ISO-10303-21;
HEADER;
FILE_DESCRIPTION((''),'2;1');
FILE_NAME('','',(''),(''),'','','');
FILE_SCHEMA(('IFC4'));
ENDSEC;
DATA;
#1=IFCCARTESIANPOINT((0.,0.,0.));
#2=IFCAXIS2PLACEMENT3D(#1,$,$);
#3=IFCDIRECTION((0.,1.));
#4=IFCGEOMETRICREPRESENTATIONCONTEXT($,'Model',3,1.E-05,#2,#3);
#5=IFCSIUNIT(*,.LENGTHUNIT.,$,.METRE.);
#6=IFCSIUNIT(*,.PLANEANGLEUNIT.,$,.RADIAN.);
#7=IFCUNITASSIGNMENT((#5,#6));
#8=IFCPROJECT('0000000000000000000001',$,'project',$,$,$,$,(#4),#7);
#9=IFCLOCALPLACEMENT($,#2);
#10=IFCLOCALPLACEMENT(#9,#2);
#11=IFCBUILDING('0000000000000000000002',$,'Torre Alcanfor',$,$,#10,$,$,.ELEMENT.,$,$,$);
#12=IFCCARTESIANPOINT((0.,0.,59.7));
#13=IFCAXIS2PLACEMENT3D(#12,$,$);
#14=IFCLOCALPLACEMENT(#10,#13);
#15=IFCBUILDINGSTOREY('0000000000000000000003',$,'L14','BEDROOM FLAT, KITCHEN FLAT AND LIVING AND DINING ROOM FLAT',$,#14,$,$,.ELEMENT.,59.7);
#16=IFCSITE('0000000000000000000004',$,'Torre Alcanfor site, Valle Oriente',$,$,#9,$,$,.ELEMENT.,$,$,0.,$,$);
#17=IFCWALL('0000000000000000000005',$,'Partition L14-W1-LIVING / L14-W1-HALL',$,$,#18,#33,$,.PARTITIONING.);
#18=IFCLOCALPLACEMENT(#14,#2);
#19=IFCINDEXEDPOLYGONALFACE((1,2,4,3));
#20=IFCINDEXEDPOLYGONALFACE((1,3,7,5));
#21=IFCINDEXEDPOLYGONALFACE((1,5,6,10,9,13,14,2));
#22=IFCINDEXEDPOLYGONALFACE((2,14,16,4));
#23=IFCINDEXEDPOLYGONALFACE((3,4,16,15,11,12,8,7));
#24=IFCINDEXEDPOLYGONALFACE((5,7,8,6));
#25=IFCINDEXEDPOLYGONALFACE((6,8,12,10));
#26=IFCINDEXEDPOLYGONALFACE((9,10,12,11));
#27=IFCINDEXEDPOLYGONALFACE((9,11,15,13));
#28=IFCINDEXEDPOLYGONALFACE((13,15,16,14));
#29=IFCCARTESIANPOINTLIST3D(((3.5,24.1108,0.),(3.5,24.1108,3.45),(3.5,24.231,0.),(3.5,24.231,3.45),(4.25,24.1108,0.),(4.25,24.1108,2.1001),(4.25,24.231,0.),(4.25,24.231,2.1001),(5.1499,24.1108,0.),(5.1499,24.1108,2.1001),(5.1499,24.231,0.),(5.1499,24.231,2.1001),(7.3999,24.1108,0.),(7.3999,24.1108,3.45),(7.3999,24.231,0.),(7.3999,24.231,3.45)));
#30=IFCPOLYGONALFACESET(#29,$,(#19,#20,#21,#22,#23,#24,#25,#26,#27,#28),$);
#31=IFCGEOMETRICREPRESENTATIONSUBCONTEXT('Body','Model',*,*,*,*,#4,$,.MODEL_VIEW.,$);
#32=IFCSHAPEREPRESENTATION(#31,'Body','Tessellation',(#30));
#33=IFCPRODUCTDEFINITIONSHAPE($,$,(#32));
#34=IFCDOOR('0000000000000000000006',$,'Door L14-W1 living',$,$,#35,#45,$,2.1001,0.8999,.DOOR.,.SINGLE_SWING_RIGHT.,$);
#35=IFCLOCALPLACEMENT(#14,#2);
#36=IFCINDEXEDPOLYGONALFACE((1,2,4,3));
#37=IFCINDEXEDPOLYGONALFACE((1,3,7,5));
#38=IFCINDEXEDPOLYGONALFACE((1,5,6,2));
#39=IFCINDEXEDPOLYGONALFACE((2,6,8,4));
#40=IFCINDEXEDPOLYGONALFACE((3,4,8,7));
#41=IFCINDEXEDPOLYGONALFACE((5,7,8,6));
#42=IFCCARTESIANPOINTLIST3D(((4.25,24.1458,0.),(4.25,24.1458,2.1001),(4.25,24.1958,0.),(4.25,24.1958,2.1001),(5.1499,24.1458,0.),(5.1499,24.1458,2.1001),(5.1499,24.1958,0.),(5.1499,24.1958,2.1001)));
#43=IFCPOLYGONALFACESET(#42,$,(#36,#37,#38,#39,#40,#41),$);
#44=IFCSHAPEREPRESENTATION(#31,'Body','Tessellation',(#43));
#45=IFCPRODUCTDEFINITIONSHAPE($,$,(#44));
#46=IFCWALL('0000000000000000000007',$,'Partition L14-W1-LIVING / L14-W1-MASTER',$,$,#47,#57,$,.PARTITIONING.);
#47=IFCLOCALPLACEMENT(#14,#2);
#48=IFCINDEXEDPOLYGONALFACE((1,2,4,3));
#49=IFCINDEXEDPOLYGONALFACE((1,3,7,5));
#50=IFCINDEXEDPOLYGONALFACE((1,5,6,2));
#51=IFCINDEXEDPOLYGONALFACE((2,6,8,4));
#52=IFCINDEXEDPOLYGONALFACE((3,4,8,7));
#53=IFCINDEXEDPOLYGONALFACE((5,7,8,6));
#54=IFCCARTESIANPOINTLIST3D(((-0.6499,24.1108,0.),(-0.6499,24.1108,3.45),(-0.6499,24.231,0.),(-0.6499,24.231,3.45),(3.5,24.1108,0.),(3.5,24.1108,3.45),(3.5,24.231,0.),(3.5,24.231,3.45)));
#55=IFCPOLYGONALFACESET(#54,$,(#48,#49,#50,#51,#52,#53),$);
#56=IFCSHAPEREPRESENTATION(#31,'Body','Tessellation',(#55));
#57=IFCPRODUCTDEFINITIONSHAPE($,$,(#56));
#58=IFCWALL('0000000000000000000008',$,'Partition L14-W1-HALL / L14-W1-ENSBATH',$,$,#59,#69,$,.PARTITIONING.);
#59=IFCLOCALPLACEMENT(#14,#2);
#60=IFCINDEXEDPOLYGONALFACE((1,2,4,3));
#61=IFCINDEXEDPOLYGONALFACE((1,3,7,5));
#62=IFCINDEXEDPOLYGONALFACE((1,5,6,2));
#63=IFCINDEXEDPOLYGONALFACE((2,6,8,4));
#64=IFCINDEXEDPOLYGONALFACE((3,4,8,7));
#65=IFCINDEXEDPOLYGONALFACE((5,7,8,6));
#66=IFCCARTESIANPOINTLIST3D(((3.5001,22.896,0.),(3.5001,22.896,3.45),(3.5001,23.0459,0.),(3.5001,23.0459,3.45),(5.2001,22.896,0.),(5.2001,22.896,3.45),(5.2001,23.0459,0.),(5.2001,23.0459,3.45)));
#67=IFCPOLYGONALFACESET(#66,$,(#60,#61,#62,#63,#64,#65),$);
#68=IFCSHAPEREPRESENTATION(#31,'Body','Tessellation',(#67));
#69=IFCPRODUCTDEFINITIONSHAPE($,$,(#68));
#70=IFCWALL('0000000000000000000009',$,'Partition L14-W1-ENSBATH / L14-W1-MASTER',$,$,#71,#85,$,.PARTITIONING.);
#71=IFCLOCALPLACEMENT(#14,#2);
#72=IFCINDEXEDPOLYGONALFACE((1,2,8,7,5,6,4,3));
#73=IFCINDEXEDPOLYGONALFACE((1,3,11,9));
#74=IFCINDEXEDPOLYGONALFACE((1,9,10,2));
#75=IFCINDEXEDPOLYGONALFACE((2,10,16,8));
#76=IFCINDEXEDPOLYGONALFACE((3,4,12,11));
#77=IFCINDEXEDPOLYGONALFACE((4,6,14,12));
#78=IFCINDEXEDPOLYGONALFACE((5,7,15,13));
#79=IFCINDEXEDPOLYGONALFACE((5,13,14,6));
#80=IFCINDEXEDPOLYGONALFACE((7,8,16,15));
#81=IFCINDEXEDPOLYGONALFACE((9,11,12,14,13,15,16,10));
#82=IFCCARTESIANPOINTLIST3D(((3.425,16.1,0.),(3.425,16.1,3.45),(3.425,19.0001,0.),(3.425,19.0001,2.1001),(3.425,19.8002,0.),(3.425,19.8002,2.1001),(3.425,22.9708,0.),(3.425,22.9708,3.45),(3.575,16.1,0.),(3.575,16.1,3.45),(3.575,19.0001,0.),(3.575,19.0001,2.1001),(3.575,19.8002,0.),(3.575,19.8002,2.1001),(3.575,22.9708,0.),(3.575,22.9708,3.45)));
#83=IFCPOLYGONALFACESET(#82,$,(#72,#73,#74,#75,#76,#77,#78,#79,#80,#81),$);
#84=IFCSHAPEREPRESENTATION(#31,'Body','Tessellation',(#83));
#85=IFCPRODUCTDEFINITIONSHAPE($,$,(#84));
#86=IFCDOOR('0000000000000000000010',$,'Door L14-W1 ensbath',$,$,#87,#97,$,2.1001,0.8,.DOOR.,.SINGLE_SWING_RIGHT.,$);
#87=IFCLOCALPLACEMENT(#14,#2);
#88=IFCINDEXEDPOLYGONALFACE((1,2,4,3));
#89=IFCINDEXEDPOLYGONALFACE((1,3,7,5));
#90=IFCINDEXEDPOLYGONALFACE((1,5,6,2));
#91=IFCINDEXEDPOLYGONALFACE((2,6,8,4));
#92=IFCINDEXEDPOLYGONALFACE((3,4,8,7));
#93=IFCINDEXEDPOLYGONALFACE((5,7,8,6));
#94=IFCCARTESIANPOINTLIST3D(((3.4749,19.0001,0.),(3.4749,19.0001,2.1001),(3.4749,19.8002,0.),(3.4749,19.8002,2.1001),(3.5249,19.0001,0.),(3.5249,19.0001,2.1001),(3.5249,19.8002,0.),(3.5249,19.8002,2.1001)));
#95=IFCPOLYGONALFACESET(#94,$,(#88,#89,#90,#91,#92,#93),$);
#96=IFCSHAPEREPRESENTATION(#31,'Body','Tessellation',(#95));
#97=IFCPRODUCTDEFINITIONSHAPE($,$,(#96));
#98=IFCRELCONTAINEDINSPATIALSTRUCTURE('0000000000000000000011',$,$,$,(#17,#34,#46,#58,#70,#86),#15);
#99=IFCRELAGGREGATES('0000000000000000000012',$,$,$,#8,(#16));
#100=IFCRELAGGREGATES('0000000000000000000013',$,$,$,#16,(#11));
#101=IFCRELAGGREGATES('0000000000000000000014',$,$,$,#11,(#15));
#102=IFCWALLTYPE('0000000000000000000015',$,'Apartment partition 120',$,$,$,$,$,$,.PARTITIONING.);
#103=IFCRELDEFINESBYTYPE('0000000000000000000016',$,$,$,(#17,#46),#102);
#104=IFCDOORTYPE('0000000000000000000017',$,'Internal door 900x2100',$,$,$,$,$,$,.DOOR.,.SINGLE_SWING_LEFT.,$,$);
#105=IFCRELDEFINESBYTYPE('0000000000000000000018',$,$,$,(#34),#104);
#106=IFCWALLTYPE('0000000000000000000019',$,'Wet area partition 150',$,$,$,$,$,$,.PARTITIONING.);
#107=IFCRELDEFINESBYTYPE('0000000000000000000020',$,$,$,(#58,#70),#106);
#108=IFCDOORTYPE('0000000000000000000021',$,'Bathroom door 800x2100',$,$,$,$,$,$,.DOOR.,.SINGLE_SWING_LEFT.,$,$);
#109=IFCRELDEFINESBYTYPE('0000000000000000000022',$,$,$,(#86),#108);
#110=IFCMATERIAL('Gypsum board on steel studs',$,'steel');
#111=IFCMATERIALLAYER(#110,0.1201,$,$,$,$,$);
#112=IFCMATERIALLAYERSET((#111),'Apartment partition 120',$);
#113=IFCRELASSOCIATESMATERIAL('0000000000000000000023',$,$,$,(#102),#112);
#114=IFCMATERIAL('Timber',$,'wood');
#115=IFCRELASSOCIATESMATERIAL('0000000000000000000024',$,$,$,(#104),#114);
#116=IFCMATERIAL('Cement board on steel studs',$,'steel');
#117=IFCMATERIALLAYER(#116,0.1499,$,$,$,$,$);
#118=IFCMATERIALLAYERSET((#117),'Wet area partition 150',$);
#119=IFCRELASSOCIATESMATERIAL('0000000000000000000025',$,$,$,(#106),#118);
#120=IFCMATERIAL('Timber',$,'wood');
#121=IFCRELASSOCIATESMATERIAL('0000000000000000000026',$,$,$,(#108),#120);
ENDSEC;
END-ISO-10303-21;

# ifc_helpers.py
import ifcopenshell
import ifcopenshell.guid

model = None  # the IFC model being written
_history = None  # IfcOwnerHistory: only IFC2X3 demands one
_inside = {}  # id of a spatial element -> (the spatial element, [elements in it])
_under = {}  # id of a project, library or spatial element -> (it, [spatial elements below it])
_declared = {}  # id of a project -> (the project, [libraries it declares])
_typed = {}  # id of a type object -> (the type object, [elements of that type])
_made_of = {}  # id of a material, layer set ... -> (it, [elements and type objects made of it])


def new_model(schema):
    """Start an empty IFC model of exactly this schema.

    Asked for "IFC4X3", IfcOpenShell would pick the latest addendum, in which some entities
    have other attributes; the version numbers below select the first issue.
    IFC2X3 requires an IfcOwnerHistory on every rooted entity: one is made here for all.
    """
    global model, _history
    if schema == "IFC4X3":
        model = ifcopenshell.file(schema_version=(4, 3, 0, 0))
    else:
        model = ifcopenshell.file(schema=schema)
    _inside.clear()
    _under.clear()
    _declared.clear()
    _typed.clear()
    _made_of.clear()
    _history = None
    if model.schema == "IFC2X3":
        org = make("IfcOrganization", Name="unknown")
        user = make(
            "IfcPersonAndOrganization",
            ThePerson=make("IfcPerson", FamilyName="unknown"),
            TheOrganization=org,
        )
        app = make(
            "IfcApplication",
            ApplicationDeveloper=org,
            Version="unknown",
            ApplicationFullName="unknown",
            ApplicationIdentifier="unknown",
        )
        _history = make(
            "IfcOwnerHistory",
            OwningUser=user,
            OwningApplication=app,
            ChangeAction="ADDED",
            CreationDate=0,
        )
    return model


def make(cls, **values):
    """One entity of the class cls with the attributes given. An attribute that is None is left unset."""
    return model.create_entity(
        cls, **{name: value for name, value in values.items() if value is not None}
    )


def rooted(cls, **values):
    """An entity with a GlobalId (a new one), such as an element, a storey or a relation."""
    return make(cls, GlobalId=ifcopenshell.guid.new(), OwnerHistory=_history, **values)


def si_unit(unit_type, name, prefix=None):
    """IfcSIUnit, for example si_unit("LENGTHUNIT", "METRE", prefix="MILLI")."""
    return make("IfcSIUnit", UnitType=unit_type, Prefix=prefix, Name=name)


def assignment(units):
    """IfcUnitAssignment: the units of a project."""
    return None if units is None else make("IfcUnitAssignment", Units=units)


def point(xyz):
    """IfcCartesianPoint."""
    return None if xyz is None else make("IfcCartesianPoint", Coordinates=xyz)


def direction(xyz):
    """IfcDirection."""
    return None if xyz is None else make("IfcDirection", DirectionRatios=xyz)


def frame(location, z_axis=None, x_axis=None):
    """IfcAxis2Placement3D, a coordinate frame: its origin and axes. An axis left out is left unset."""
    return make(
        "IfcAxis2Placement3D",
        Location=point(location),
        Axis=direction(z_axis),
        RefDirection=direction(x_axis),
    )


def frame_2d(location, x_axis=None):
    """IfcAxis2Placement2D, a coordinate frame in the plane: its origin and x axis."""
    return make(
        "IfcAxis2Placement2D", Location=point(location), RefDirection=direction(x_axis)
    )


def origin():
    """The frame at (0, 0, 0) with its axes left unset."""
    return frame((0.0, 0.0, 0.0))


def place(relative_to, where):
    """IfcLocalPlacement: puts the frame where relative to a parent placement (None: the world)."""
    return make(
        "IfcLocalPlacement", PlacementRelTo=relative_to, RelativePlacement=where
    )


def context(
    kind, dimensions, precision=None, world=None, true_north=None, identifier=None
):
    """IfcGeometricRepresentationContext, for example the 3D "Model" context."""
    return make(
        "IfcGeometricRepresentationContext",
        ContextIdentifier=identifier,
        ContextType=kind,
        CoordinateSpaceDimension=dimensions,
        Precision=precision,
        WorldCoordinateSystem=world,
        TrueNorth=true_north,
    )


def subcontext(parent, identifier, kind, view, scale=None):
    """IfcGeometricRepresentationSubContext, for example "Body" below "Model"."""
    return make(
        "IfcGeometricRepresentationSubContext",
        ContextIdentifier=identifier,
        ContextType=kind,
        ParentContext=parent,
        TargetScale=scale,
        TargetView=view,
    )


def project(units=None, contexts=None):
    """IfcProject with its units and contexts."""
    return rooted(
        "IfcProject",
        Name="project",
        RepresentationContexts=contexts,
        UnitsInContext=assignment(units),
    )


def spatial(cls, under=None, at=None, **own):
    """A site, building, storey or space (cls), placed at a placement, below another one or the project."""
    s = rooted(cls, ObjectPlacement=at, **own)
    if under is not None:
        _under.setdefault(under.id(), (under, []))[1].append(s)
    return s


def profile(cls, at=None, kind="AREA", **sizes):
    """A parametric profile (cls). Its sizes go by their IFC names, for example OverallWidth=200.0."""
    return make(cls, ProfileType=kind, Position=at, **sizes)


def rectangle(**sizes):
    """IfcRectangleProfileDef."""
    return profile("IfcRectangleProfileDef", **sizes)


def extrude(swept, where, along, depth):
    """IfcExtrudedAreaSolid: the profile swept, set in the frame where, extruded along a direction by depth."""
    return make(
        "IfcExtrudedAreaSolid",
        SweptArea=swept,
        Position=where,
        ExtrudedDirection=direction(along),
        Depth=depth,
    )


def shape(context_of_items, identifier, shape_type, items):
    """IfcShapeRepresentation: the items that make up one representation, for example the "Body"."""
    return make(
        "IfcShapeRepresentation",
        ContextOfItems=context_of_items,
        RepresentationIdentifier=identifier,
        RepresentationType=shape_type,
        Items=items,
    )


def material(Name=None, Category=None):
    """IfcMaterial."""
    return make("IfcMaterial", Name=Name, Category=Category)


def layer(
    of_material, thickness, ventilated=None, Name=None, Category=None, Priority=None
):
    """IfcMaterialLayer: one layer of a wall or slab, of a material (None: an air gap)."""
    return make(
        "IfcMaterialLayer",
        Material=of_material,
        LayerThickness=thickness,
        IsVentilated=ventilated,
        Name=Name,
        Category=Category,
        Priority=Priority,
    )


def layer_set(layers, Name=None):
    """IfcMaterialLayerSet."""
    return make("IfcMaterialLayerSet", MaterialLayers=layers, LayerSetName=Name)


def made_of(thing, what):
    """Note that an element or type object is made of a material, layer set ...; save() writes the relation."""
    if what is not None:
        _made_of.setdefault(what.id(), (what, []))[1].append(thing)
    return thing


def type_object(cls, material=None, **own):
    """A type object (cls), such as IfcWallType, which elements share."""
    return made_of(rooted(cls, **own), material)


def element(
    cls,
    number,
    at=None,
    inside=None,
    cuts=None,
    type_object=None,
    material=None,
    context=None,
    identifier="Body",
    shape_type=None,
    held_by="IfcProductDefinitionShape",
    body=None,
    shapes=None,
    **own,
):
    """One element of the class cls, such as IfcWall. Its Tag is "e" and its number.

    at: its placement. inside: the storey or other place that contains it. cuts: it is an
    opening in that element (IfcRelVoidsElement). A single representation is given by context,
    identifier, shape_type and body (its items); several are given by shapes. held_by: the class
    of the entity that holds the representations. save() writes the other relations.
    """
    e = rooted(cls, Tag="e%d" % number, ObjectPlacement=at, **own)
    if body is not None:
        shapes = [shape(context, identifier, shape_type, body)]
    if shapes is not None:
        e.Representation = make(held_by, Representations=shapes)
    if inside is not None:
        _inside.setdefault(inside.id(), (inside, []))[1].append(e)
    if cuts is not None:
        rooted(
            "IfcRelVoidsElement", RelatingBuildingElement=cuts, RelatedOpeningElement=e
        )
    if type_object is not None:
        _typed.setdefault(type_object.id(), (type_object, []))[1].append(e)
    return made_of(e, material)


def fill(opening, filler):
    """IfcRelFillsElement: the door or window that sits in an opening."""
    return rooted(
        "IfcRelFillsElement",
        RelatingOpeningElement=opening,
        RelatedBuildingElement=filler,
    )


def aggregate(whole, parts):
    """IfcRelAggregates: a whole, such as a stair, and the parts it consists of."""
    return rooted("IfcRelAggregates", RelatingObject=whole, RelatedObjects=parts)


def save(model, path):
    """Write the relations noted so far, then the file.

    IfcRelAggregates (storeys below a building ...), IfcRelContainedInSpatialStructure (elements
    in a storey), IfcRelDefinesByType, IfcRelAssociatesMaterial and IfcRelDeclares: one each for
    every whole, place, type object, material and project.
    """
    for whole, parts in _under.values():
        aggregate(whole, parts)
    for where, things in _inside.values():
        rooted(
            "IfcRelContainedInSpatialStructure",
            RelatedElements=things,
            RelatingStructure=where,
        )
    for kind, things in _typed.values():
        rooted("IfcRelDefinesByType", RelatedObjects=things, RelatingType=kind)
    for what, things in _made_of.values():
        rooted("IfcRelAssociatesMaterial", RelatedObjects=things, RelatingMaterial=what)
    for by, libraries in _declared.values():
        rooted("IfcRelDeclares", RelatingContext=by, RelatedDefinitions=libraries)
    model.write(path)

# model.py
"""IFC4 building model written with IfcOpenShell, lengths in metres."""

from ifc_helpers import new_model, si_unit, direction, frame, frame_2d, origin, place, context, subcontext, project, spatial, rectangle, extrude, material, layer, layer_set, type_object, element, fill, save


model = new_model("IFC4")

# Units and contexts
model_context = context("Model", 3, precision=1e-05, world=origin(), true_north=direction((0.0, 1.0)))
body_context = subcontext(model_context, "Body", "Model", "MODEL_VIEW")
ifc_project = project(units=[si_unit("LENGTHUNIT", "METRE"), si_unit("PLANEANGLEUNIT", "RADIAN")], contexts=[model_context])

# Site, building, storey
site_placement = place(None, origin())
site = spatial("IfcSite", under=ifc_project, at=site_placement, Name="Torre Alcanfor site, Valle Oriente", CompositionType="ELEMENT", RefElevation=0.0)
building_placement = place(site_placement, origin())
building = spatial("IfcBuilding", under=site, at=building_placement, Name="Torre Alcanfor", CompositionType="ELEMENT")
storey_placement = place(building_placement, frame((0.0, 0.0, 59.7)))
storey = spatial("IfcBuildingStorey", under=building, at=storey_placement, Name="L14", Description="BEDROOM FLAT, KITCHEN FLAT AND LIVING AND DINING ROOM FLAT", CompositionType="ELEMENT", Elevation=59.7)

# Wall, opening, door
ifc_material_1 = material(Name="Gypsum board on steel studs", Category="steel")
ifc_layer_1 = layer(ifc_material_1, 0.1201)
ifc_layer_set_1 = layer_set([ifc_layer_1], Name="Apartment partition 120")
wall_type_1 = type_object("IfcWallType", Name="Apartment partition 120", PredefinedType="PARTITIONING", material=ifc_layer_set_1)
wall_1_placement = place(storey_placement, frame((3.5, 24.1709, 0.0), z_axis=(0.0, 0.0, 1.0), x_axis=(1.0, 0.0, 0.0)))
wall_1 = element("IfcWall", 1, at=wall_1_placement, inside=storey, type_object=wall_type_1, Name="Partition L14-W1-LIVING / L14-W1-HALL", PredefinedType="PARTITIONING", context=body_context, shape_type="SweptSolid", body=[
    extrude(rectangle(XDim=3.8999, YDim=0.1201, at=frame_2d((1.95, 0.0))), origin(), (0.0, 0.0, 1.0), 3.45),
])
opening_1_placement = place(wall_1_placement, frame((0.75, 0.0, 0.0)))
opening_1 = element("IfcOpeningElement", 2, at=opening_1_placement, cuts=wall_1, PredefinedType="OPENING", context=body_context, shape_type="SweptSolid", body=[
    extrude(rectangle(XDim=0.8999, YDim=2.1001, at=frame_2d((0.45, 1.05))), frame((0.0, 0.0701, 0.0), z_axis=(0.0, -1.0, 0.0), x_axis=(1.0, 0.0, 0.0)), (0.0, 0.0, 1.0), 0.1401),
])
ifc_material_2 = material(Name="Timber", Category="wood")
door_type_1 = type_object("IfcDoorType", Name="Internal door 900x2100", OperationType="SINGLE_SWING_LEFT", PredefinedType="DOOR", material=ifc_material_2)
door_1_placement = place(opening_1_placement, origin())
door_1 = element("IfcDoor", 3, at=door_1_placement, inside=storey, type_object=door_type_1, Name="Door L14-W1 living", OperationType="SINGLE_SWING_RIGHT", OverallHeight=2.1001, OverallWidth=0.8999, PredefinedType="DOOR", context=body_context, shape_type="SweptSolid", body=[
    extrude(rectangle(XDim=0.8999, YDim=2.1001, at=frame_2d((0.45, 1.05))), frame((0.0, 0.0249, 0.0), z_axis=(0.0, -1.0, 0.0), x_axis=(1.0, 0.0, 0.0)), (0.0, 0.0, 1.0), 0.05),
])
fill(opening_1, door_1)

# Walls
wall_2_placement = place(storey_placement, frame((-0.6499, 24.1709, 0.0), z_axis=(0.0, 0.0, 1.0), x_axis=(1.0, 0.0, 0.0)))
element("IfcWall", 4, at=wall_2_placement, inside=storey, type_object=wall_type_1, Name="Partition L14-W1-LIVING / L14-W1-MASTER", PredefinedType="PARTITIONING", context=body_context, shape_type="SweptSolid", body=[
    extrude(rectangle(XDim=4.1499, YDim=0.1201, at=frame_2d((2.075, 0.0))), origin(), (0.0, 0.0, 1.0), 3.45),
])
ifc_material_3 = material(Name="Cement board on steel studs", Category="steel")
ifc_layer_2 = layer(ifc_material_3, 0.1499)
ifc_layer_set_2 = layer_set([ifc_layer_2], Name="Wet area partition 150")
wall_type_2 = type_object("IfcWallType", Name="Wet area partition 150", PredefinedType="PARTITIONING", material=ifc_layer_set_2)
wall_3_placement = place(storey_placement, frame((3.5, 22.9709, 0.0), z_axis=(0.0, 0.0, 1.0), x_axis=(1.0, 0.0, 0.0)))
element("IfcWall", 5, at=wall_3_placement, inside=storey, type_object=wall_type_2, Name="Partition L14-W1-HALL / L14-W1-ENSBATH", PredefinedType="PARTITIONING", context=body_context, shape_type="SweptSolid", body=[
    extrude(rectangle(XDim=1.7, YDim=0.1499, at=frame_2d((0.8501, 0.0))), origin(), (0.0, 0.0, 1.0), 3.45),
])

# Wall, opening, door
wall_4_placement = place(storey_placement, frame((3.5, 22.9709, 0.0), z_axis=(0.0, 0.0, 1.0), x_axis=(0.0, -1.0, 0.0)))
wall_4 = element("IfcWall", 6, at=wall_4_placement, inside=storey, type_object=wall_type_2, Name="Partition L14-W1-ENSBATH / L14-W1-MASTER", PredefinedType="PARTITIONING", context=body_context, shape_type="SweptSolid", body=[
    extrude(rectangle(XDim=6.8708, YDim=0.1499, at=frame_2d((3.4355, 0.0))), origin(), (0.0, 0.0, 1.0), 3.45),
])
opening_2_placement = place(wall_4_placement, frame((3.1709, 0.0, 0.0)))
opening_2 = element("IfcOpeningElement", 7, at=opening_2_placement, cuts=wall_4, PredefinedType="OPENING", context=body_context, shape_type="SweptSolid", body=[
    extrude(rectangle(XDim=0.8, YDim=2.1001, at=frame_2d((0.3999, 1.05))), frame((0.0, 0.085, 0.0), z_axis=(0.0, -1.0, 0.0), x_axis=(1.0, 0.0, 0.0)), (0.0, 0.0, 1.0), 0.1699),
])
ifc_material_4 = material(Name="Timber", Category="wood")
door_type_2 = type_object("IfcDoorType", Name="Bathroom door 800x2100", OperationType="SINGLE_SWING_LEFT", PredefinedType="DOOR", material=ifc_material_4)
door_2_placement = place(opening_2_placement, origin())
door_2 = element("IfcDoor", 8, at=door_2_placement, inside=storey, type_object=door_type_2, Name="Door L14-W1 ensbath", OperationType="SINGLE_SWING_RIGHT", OverallHeight=2.1001, OverallWidth=0.8, PredefinedType="DOOR", context=body_context, shape_type="SweptSolid", body=[
    extrude(rectangle(XDim=0.8, YDim=2.1001, at=frame_2d((0.3999, 1.05))), frame((0.0, 0.0249, 0.0), z_axis=(0.0, -1.0, 0.0), x_axis=(1.0, 0.0, 0.0)), (0.0, 0.0, 1.0), 0.05),
])
fill(opening_2, door_2)

save(model, "model.ifc")
